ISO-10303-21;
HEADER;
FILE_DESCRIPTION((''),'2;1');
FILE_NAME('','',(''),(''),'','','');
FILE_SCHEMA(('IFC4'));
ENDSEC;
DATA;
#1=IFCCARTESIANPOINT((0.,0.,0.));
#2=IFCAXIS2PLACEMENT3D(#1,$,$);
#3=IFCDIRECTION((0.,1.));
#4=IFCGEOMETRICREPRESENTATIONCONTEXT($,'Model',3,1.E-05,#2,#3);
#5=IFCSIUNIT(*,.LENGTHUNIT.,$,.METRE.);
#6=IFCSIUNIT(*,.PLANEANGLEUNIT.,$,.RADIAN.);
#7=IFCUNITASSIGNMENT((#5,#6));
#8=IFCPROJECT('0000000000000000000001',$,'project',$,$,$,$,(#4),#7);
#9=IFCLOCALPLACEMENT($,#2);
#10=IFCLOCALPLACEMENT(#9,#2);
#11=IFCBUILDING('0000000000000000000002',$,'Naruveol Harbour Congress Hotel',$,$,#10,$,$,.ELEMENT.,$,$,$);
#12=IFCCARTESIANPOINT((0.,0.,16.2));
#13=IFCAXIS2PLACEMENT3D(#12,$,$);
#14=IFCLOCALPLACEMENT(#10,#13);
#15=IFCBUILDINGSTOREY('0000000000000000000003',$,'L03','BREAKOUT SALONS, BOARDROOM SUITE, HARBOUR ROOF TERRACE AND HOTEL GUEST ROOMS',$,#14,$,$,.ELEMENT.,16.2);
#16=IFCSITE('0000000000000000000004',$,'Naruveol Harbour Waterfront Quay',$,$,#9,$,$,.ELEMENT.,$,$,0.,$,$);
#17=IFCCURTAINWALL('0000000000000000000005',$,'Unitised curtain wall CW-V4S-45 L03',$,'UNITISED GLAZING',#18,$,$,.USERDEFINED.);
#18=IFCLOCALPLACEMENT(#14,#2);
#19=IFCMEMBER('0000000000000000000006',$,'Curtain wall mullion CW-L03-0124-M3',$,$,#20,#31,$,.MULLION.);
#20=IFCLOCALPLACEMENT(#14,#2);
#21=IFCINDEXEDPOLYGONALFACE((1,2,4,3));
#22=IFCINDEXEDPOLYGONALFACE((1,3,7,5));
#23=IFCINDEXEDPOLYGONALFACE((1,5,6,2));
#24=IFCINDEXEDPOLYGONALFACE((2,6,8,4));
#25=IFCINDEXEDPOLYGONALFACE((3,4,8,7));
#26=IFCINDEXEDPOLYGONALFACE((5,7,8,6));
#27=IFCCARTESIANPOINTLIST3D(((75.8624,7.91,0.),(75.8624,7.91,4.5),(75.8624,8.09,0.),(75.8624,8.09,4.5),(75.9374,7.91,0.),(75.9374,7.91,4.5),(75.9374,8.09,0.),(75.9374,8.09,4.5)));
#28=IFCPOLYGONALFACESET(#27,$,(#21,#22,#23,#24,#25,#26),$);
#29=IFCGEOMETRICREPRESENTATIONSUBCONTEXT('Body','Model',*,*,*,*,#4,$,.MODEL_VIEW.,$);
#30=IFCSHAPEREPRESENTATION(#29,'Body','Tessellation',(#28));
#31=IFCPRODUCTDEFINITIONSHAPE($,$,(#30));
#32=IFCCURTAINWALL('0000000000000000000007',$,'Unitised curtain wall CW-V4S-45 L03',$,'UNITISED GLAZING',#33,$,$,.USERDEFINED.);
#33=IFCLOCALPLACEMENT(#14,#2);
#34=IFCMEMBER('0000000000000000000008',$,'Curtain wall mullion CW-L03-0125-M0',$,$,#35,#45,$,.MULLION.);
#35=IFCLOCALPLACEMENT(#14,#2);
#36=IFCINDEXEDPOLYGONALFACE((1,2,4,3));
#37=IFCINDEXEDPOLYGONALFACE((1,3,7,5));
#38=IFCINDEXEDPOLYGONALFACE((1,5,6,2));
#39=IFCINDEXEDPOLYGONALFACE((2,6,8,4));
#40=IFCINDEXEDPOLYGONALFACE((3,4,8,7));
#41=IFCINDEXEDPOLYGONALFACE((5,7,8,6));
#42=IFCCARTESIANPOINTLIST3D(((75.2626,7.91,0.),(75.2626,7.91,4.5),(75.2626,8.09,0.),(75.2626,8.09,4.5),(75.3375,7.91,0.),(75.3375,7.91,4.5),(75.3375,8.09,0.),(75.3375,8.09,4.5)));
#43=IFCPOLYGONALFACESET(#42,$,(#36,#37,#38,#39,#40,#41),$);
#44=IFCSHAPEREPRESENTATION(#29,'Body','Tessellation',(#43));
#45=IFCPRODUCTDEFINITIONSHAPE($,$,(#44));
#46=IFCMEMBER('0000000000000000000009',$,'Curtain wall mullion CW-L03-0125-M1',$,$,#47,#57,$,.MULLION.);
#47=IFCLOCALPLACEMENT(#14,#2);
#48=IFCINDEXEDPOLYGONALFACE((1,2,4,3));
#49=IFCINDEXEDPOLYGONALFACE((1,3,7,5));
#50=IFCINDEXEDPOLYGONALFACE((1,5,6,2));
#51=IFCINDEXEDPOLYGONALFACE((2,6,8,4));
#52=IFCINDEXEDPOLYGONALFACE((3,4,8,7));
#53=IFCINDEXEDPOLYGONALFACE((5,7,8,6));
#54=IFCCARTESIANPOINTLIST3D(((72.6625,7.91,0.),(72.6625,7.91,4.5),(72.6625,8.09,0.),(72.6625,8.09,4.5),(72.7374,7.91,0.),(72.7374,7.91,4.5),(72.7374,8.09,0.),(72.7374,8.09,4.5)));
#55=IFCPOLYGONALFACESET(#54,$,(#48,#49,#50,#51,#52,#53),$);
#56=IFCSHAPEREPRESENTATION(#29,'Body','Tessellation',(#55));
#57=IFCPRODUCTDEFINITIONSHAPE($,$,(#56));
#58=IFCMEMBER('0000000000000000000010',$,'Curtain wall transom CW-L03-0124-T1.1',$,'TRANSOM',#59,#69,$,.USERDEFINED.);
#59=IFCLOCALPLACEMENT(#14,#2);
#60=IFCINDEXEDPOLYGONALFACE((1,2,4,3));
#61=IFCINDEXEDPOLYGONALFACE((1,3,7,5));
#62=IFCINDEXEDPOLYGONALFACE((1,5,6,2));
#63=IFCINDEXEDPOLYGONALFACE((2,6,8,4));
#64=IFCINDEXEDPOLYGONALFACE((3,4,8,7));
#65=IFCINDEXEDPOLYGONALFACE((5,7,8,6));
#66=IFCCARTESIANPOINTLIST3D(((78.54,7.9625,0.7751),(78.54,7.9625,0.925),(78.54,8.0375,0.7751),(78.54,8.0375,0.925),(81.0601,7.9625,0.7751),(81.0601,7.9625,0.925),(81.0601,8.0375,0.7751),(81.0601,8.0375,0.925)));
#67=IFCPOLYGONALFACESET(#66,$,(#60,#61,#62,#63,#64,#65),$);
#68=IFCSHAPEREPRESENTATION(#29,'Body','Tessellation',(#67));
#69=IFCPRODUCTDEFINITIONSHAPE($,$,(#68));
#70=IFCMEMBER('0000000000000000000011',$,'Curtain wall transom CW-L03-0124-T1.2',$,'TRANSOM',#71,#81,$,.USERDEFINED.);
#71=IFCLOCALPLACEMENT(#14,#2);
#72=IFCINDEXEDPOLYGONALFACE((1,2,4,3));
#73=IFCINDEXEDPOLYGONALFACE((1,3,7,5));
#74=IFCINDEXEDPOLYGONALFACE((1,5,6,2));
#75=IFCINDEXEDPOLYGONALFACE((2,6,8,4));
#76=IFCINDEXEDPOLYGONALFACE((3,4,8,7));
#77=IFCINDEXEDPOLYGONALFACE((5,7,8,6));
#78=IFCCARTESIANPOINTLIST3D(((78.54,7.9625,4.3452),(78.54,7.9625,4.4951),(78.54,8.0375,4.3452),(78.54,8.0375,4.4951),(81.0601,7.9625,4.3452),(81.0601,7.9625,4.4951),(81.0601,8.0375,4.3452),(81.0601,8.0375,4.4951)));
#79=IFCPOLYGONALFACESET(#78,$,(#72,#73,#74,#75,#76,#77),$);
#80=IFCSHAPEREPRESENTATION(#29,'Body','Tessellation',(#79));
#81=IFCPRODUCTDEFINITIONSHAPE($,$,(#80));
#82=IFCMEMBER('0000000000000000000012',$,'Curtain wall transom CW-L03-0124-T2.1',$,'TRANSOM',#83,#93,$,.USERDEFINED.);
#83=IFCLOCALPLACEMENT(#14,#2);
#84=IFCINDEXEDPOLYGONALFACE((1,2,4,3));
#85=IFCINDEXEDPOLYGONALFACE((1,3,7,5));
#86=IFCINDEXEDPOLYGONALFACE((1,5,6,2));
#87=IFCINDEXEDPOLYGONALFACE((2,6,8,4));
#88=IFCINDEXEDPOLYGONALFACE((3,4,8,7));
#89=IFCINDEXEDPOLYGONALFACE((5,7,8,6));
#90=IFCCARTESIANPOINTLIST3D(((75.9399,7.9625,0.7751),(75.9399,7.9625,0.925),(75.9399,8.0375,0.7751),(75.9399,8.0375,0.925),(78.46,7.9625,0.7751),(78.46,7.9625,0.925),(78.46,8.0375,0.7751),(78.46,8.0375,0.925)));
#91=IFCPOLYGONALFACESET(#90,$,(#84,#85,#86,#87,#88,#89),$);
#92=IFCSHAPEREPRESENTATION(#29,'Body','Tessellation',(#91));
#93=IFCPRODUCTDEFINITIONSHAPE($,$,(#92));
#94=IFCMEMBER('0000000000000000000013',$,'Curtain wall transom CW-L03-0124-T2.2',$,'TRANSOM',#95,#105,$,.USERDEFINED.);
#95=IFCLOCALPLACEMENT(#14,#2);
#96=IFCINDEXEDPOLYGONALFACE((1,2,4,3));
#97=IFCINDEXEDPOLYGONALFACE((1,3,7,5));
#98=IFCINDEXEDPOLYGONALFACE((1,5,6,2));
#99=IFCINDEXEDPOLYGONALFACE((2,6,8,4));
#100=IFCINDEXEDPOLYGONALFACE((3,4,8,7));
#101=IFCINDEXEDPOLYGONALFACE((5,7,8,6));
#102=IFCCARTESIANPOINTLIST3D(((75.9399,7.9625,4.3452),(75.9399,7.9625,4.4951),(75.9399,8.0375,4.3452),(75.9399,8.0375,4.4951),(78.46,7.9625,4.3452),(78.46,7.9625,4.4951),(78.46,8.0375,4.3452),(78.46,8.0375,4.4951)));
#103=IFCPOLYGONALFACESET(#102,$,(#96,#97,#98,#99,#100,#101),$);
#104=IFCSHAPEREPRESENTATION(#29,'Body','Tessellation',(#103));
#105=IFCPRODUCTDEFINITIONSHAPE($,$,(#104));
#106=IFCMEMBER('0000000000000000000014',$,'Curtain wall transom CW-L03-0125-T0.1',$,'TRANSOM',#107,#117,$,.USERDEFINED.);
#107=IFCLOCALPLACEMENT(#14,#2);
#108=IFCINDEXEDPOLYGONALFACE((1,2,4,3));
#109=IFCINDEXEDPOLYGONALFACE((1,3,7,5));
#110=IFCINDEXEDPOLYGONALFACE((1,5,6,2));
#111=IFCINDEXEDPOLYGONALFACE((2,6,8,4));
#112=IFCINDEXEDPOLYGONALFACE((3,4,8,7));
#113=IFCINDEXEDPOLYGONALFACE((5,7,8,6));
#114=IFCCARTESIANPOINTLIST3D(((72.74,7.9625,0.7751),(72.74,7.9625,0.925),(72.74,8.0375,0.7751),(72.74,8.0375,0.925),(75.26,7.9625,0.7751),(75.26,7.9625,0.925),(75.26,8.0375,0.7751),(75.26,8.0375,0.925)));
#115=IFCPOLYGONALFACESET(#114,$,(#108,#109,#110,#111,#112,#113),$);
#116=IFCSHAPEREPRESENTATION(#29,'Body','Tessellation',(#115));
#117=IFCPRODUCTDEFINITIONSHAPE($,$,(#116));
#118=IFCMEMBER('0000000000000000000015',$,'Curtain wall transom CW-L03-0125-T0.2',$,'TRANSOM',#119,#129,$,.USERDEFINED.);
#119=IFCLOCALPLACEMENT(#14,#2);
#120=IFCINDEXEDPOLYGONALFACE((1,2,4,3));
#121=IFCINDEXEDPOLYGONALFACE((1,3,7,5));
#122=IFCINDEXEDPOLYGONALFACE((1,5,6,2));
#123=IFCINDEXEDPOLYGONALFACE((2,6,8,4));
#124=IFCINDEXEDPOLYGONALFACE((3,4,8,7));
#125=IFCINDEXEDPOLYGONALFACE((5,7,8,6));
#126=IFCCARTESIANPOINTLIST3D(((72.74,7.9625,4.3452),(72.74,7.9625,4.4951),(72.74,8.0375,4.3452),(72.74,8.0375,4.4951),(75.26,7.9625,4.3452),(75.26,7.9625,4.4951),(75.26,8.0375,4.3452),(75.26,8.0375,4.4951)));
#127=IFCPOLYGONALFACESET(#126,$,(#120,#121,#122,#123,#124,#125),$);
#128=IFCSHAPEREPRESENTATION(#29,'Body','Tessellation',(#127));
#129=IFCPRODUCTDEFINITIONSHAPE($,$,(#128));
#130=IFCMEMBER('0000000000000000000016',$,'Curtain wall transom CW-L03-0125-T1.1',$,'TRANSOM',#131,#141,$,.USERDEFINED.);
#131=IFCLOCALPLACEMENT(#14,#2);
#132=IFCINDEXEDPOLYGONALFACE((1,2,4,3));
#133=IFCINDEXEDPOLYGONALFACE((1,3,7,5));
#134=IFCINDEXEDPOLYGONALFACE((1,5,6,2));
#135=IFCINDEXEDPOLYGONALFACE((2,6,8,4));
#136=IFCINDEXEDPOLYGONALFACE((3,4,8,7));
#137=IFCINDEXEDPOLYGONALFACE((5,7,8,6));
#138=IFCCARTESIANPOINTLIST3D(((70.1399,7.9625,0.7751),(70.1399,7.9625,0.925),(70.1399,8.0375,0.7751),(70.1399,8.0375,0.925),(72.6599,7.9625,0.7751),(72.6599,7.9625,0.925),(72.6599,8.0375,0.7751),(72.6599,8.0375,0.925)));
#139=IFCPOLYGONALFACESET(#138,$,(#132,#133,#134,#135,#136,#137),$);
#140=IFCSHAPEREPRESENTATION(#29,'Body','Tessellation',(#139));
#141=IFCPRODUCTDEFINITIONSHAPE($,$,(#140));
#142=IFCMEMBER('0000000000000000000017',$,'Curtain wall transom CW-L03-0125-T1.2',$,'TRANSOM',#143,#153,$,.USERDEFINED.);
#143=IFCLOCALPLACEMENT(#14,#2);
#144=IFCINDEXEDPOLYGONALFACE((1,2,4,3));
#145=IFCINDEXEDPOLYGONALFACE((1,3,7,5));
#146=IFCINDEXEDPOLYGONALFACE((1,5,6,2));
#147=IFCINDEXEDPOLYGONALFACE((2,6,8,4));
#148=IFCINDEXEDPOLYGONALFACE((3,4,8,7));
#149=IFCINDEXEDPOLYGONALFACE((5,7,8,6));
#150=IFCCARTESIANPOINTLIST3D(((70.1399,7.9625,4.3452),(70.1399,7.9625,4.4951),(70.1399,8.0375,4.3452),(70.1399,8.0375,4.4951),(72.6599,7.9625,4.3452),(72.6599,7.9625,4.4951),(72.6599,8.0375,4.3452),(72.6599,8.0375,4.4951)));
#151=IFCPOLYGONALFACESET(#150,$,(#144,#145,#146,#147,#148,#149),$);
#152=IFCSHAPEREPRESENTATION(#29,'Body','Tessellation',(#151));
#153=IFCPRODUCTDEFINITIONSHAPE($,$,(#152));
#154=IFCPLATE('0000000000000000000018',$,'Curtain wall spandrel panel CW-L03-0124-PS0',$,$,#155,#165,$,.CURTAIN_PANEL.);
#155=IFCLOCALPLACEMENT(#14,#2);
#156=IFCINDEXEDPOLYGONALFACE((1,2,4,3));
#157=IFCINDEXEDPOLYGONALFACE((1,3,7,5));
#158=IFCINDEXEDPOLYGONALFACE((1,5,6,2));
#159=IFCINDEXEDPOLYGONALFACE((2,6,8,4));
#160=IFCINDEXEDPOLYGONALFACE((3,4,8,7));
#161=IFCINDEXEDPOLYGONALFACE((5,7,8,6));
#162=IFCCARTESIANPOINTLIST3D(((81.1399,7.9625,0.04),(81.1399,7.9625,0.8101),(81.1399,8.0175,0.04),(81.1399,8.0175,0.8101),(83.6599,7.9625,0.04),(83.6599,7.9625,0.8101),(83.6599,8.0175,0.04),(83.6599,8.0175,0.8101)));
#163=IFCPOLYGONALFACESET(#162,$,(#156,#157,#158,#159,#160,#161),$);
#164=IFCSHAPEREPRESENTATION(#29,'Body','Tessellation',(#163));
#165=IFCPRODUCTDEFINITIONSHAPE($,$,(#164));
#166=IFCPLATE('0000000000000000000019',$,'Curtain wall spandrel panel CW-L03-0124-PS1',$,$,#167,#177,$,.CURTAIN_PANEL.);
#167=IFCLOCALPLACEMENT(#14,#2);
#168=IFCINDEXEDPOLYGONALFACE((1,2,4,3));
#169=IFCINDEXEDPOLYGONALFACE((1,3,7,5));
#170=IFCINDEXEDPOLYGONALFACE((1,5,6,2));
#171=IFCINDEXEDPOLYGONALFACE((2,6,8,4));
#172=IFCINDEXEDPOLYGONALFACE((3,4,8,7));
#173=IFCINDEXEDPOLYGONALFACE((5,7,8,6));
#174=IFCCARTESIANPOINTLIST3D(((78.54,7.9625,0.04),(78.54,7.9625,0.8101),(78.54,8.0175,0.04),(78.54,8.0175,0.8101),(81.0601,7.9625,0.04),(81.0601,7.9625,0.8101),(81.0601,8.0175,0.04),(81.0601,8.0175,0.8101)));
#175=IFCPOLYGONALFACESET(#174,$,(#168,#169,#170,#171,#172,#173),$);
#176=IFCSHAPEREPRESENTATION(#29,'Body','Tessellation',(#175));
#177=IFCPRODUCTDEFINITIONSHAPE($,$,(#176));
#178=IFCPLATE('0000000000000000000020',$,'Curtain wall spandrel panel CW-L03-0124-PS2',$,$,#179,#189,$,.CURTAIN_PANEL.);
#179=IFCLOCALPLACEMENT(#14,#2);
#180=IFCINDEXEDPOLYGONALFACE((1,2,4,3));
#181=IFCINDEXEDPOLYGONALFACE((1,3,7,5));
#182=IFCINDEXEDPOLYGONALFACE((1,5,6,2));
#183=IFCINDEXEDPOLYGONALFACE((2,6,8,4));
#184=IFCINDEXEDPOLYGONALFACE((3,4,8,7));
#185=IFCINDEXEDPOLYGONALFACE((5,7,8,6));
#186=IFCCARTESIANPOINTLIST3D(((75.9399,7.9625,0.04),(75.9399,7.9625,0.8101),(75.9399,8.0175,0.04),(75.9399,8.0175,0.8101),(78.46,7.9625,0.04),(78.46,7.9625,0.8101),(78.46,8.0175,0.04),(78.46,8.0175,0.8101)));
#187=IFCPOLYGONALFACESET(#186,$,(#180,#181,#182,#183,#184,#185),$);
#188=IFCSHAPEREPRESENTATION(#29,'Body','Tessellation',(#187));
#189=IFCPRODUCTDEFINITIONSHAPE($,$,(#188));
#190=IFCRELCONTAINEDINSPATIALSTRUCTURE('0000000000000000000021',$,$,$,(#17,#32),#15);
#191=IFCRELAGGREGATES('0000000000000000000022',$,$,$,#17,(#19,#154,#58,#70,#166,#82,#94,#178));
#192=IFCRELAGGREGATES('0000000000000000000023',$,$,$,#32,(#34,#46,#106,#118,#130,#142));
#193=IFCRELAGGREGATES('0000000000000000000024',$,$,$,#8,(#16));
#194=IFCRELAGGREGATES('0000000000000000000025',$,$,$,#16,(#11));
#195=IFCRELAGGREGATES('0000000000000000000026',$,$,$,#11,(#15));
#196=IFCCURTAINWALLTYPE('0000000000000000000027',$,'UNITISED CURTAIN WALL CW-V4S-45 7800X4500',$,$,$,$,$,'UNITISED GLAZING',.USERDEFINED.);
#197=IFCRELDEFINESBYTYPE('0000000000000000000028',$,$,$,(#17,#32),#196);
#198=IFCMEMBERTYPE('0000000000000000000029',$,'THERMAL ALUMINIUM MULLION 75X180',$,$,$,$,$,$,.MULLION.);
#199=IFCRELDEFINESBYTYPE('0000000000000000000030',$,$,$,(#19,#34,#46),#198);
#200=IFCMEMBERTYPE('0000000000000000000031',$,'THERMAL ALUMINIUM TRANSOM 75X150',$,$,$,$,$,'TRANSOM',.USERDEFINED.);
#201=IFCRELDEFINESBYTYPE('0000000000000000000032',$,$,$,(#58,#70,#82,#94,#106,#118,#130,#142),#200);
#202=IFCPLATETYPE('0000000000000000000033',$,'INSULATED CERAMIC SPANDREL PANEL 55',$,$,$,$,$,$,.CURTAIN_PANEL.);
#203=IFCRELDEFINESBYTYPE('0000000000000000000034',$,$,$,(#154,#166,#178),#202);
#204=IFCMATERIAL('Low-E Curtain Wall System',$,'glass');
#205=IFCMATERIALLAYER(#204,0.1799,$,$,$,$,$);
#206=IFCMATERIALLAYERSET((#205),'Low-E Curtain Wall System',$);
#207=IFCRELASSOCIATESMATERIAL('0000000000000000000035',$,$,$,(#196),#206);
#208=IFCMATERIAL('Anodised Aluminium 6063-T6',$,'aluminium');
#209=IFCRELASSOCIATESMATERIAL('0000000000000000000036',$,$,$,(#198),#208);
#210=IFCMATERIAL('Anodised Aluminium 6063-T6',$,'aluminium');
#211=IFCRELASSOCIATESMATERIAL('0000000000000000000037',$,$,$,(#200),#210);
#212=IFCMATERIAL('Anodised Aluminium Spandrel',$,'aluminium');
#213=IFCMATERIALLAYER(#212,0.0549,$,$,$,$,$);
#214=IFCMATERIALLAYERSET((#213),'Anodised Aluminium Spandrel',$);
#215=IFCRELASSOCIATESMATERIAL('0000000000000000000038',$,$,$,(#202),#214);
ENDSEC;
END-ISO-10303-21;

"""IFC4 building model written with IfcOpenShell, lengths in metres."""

from ifc_helpers import new_model, si_unit, direction, frame, origin, origin_2d, place, context, subcontext, project, spatial, rectangle, extrude, material, layer, layer_set, material_profile, profile_set, type_object, element, aggregate, save


model = new_model("IFC4")

# Units and contexts
model_context = context("Model", 3, precision=1e-05, world=origin(), true_north=direction((0.0, 1.0)))
body_context = subcontext(model_context, "Body", "Model", "MODEL_VIEW")
ifc_project = project(units=[si_unit("LENGTHUNIT", "METRE"), si_unit("PLANEANGLEUNIT", "RADIAN")], contexts=[model_context])

# Site, building, storey
site_placement = place(None, origin())
site = spatial("IfcSite", under=ifc_project, at=site_placement, Name="Naruveol Harbour Waterfront Quay", CompositionType="ELEMENT", RefElevation=0.0)
building_placement = place(site_placement, origin())
building = spatial("IfcBuilding", under=site, at=building_placement, Name="Naruveol Harbour Congress Hotel", CompositionType="ELEMENT")
storey_placement = place(building_placement, frame((0.0, 0.0, 16.2)))
storey = spatial("IfcBuildingStorey", under=building, at=storey_placement, Name="L03", Description="BREAKOUT SALONS, BOARDROOM SUITE, HARBOUR ROOF TERRACE AND HOTEL GUEST ROOMS", CompositionType="ELEMENT", Elevation=16.2)

# Curtain walls, members
ifc_material_1 = material(Name="Low-E Curtain Wall System", Category="glass")
ifc_layer_1 = layer(ifc_material_1, 0.1799)
ifc_layer_set_1 = layer_set([ifc_layer_1], Name="Low-E Curtain Wall System")
curtain_wall_type = type_object("IfcCurtainWallType", Name="UNITISED CURTAIN WALL CW-V4S-45 7800X4500", ElementType="UNITISED GLAZING", PredefinedType="USERDEFINED", material=ifc_layer_set_1)
curtain_wall_1_placement = place(storey_placement, origin())
curtain_wall_1 = element("IfcCurtainWall", 1, at=curtain_wall_1_placement, inside=storey, type_object=curtain_wall_type, Name="Unitised curtain wall CW-V4S-45 L03", ObjectType="UNITISED GLAZING", PredefinedType="USERDEFINED")
ifc_material_2 = material(Name="Anodised Aluminium 6063-T6", Category="aluminium")
ifc_material_profile_1 = material_profile(ifc_material_2, rectangle(XDim=0.075, YDim=0.1799, at=origin_2d()), Name="ALU-75x180")
ifc_profile_set_1 = profile_set([ifc_material_profile_1], Name="Anodised Aluminium 6063-T6")
member_type_1 = type_object("IfcMemberType", Name="THERMAL ALUMINIUM MULLION 75X180", PredefinedType="MULLION", material=ifc_profile_set_1)
member_1_placement = place(storey_placement, frame((75.8999, 8.0, 0.0), z_axis=(0.0, 0.0, 1.0), x_axis=(1.0, 0.0, 0.0)))
member_1 = element("IfcMember", 2, at=member_1_placement, type_object=member_type_1, Name="Curtain wall mullion CW-L03-0124-M3", PredefinedType="MULLION", context=body_context, shape_type="SweptSolid", body=[
    extrude(rectangle(XDim=0.075, YDim=0.1799, at=origin_2d()), origin(), (0.0, 0.0, 1.0), 4.5),
])
curtain_wall_2_placement = place(storey_placement, origin())
curtain_wall_2 = element("IfcCurtainWall", 3, at=curtain_wall_2_placement, inside=storey, type_object=curtain_wall_type, Name="Unitised curtain wall CW-V4S-45 L03", ObjectType="UNITISED GLAZING", PredefinedType="USERDEFINED")
member_2_placement = place(storey_placement, frame((75.3, 8.0, 0.0), z_axis=(0.0, 0.0, 1.0), x_axis=(1.0, 0.0, 0.0)))
member_2 = element("IfcMember", 4, at=member_2_placement, type_object=member_type_1, Name="Curtain wall mullion CW-L03-0125-M0", PredefinedType="MULLION", context=body_context, shape_type="SweptSolid", body=[
    extrude(rectangle(XDim=0.075, YDim=0.1799, at=origin_2d()), origin(), (0.0, 0.0, 1.0), 4.5),
])
member_3_placement = place(storey_placement, frame((72.7, 8.0, 0.0), z_axis=(0.0, 0.0, 1.0), x_axis=(1.0, 0.0, 0.0)))
member_3 = element("IfcMember", 5, at=member_3_placement, type_object=member_type_1, Name="Curtain wall mullion CW-L03-0125-M1", PredefinedType="MULLION", context=body_context, shape_type="SweptSolid", body=[
    extrude(rectangle(XDim=0.075, YDim=0.1799, at=origin_2d()), origin(), (0.0, 0.0, 1.0), 4.5),
])

# Members
ifc_material_3 = material(Name="Anodised Aluminium 6063-T6", Category="aluminium")
ifc_material_profile_2 = material_profile(ifc_material_3, rectangle(XDim=0.075, YDim=0.1499, at=origin_2d()), Name="ALU-75x150")
ifc_profile_set_2 = profile_set([ifc_material_profile_2], Name="Anodised Aluminium 6063-T6")
member_type_2 = type_object("IfcMemberType", Name="THERMAL ALUMINIUM TRANSOM 75X150", ElementType="TRANSOM", PredefinedType="USERDEFINED", material=ifc_profile_set_2)
member_4_placement = place(storey_placement, frame((81.0601, 8.0, 0.8501), z_axis=(-1.0, 0.0, 0.0), x_axis=(0.0, -1.0, 0.0)))
member_4 = element("IfcMember", 6, at=member_4_placement, type_object=member_type_2, Name="Curtain wall transom CW-L03-0124-T1.1", ObjectType="TRANSOM", PredefinedType="USERDEFINED", context=body_context, shape_type="SweptSolid", body=[
    extrude(rectangle(XDim=0.075, YDim=0.1499, at=origin_2d()), origin(), (0.0, 0.0, 1.0), 2.52),
])
member_5_placement = place(storey_placement, frame((81.0601, 8.0, 4.4202), z_axis=(-1.0, 0.0, 0.0), x_axis=(0.0, -1.0, 0.0)))
member_5 = element("IfcMember", 7, at=member_5_placement, type_object=member_type_2, Name="Curtain wall transom CW-L03-0124-T1.2", ObjectType="TRANSOM", PredefinedType="USERDEFINED", context=body_context, shape_type="SweptSolid", body=[
    extrude(rectangle(XDim=0.075, YDim=0.1499, at=origin_2d()), origin(), (0.0, 0.0, 1.0), 2.52),
])
member_6_placement = place(storey_placement, frame((78.46, 8.0, 0.8501), z_axis=(-1.0, 0.0, 0.0), x_axis=(0.0, -1.0, 0.0)))
member_6 = element("IfcMember", 8, at=member_6_placement, type_object=member_type_2, Name="Curtain wall transom CW-L03-0124-T2.1", ObjectType="TRANSOM", PredefinedType="USERDEFINED", context=body_context, shape_type="SweptSolid", body=[
    extrude(rectangle(XDim=0.075, YDim=0.1499, at=origin_2d()), origin(), (0.0, 0.0, 1.0), 2.52),
])
member_7_placement = place(storey_placement, frame((78.46, 8.0, 4.4202), z_axis=(-1.0, 0.0, 0.0), x_axis=(0.0, -1.0, 0.0)))
member_7 = element("IfcMember", 9, at=member_7_placement, type_object=member_type_2, Name="Curtain wall transom CW-L03-0124-T2.2", ObjectType="TRANSOM", PredefinedType="USERDEFINED", context=body_context, shape_type="SweptSolid", body=[
    extrude(rectangle(XDim=0.075, YDim=0.1499, at=origin_2d()), origin(), (0.0, 0.0, 1.0), 2.52),
])
member_8_placement = place(storey_placement, frame((75.26, 8.0, 0.8501), z_axis=(-1.0, 0.0, 0.0), x_axis=(0.0, -1.0, 0.0)))
member_8 = element("IfcMember", 10, at=member_8_placement, type_object=member_type_2, Name="Curtain wall transom CW-L03-0125-T0.1", ObjectType="TRANSOM", PredefinedType="USERDEFINED", context=body_context, shape_type="SweptSolid", body=[
    extrude(rectangle(XDim=0.075, YDim=0.1499, at=origin_2d()), origin(), (0.0, 0.0, 1.0), 2.52),
])
member_9_placement = place(storey_placement, frame((75.26, 8.0, 4.4202), z_axis=(-1.0, 0.0, 0.0), x_axis=(0.0, -1.0, 0.0)))
member_9 = element("IfcMember", 11, at=member_9_placement, type_object=member_type_2, Name="Curtain wall transom CW-L03-0125-T0.2", ObjectType="TRANSOM", PredefinedType="USERDEFINED", context=body_context, shape_type="SweptSolid", body=[
    extrude(rectangle(XDim=0.075, YDim=0.1499, at=origin_2d()), origin(), (0.0, 0.0, 1.0), 2.52),
])
member_10_placement = place(storey_placement, frame((72.6599, 8.0, 0.8501), z_axis=(-1.0, 0.0, 0.0), x_axis=(0.0, -1.0, 0.0)))
member_10 = element("IfcMember", 12, at=member_10_placement, type_object=member_type_2, Name="Curtain wall transom CW-L03-0125-T1.1", ObjectType="TRANSOM", PredefinedType="USERDEFINED", context=body_context, shape_type="SweptSolid", body=[
    extrude(rectangle(XDim=0.075, YDim=0.1499, at=origin_2d()), origin(), (0.0, 0.0, 1.0), 2.52),
])
member_11_placement = place(storey_placement, frame((72.6599, 8.0, 4.4202), z_axis=(-1.0, 0.0, 0.0), x_axis=(0.0, -1.0, 0.0)))
member_11 = element("IfcMember", 13, at=member_11_placement, type_object=member_type_2, Name="Curtain wall transom CW-L03-0125-T1.2", ObjectType="TRANSOM", PredefinedType="USERDEFINED", context=body_context, shape_type="SweptSolid", body=[
    extrude(rectangle(XDim=0.075, YDim=0.1499, at=origin_2d()), origin(), (0.0, 0.0, 1.0), 2.52),
])

# Plates
ifc_material_4 = material(Name="Anodised Aluminium Spandrel", Category="aluminium")
ifc_layer_2 = layer(ifc_material_4, 0.0549)
ifc_layer_set_2 = layer_set([ifc_layer_2], Name="Anodised Aluminium Spandrel")
plate_type_1 = type_object("IfcPlateType", Name="INSULATED CERAMIC SPANDREL PANEL 55", PredefinedType="CURTAIN_PANEL", material=ifc_layer_set_2)
plate_1_placement = place(storey_placement, frame((82.3999, 7.99, 0.04), z_axis=(0.0, 0.0, 1.0), x_axis=(-1.0, 0.0, 0.0)))
plate_1 = element("IfcPlate", 14, at=plate_1_placement, type_object=plate_type_1, Name="Curtain wall spandrel panel CW-L03-0124-PS0", PredefinedType="CURTAIN_PANEL", context=body_context, shape_type="SweptSolid", body=[
    extrude(rectangle(XDim=2.52, YDim=0.0549, at=origin_2d()), origin(), (0.0, 0.0, 1.0), 0.77),
])
plate_2_placement = place(storey_placement, frame((79.8, 7.99, 0.04), z_axis=(0.0, 0.0, 1.0), x_axis=(-1.0, 0.0, 0.0)))
plate_2 = element("IfcPlate", 15, at=plate_2_placement, type_object=plate_type_1, Name="Curtain wall spandrel panel CW-L03-0124-PS1", PredefinedType="CURTAIN_PANEL", context=body_context, shape_type="SweptSolid", body=[
    extrude(rectangle(XDim=2.52, YDim=0.0549, at=origin_2d()), origin(), (0.0, 0.0, 1.0), 0.77),
])
plate_3_placement = place(storey_placement, frame((77.2, 7.99, 0.04), z_axis=(0.0, 0.0, 1.0), x_axis=(-1.0, 0.0, 0.0)))
plate_3 = element("IfcPlate", 16, at=plate_3_placement, type_object=plate_type_1, Name="Curtain wall spandrel panel CW-L03-0124-PS2", PredefinedType="CURTAIN_PANEL", context=body_context, shape_type="SweptSolid", body=[
    extrude(rectangle(XDim=2.52, YDim=0.0549, at=origin_2d()), origin(), (0.0, 0.0, 1.0), 0.77),
])
aggregate(curtain_wall_1, [member_1, plate_1, member_4, member_5, plate_2, member_6, member_7, plate_3])
aggregate(curtain_wall_2, [member_2, member_3, member_8, member_9, member_10, member_11])

save(model, "model.ifc")
